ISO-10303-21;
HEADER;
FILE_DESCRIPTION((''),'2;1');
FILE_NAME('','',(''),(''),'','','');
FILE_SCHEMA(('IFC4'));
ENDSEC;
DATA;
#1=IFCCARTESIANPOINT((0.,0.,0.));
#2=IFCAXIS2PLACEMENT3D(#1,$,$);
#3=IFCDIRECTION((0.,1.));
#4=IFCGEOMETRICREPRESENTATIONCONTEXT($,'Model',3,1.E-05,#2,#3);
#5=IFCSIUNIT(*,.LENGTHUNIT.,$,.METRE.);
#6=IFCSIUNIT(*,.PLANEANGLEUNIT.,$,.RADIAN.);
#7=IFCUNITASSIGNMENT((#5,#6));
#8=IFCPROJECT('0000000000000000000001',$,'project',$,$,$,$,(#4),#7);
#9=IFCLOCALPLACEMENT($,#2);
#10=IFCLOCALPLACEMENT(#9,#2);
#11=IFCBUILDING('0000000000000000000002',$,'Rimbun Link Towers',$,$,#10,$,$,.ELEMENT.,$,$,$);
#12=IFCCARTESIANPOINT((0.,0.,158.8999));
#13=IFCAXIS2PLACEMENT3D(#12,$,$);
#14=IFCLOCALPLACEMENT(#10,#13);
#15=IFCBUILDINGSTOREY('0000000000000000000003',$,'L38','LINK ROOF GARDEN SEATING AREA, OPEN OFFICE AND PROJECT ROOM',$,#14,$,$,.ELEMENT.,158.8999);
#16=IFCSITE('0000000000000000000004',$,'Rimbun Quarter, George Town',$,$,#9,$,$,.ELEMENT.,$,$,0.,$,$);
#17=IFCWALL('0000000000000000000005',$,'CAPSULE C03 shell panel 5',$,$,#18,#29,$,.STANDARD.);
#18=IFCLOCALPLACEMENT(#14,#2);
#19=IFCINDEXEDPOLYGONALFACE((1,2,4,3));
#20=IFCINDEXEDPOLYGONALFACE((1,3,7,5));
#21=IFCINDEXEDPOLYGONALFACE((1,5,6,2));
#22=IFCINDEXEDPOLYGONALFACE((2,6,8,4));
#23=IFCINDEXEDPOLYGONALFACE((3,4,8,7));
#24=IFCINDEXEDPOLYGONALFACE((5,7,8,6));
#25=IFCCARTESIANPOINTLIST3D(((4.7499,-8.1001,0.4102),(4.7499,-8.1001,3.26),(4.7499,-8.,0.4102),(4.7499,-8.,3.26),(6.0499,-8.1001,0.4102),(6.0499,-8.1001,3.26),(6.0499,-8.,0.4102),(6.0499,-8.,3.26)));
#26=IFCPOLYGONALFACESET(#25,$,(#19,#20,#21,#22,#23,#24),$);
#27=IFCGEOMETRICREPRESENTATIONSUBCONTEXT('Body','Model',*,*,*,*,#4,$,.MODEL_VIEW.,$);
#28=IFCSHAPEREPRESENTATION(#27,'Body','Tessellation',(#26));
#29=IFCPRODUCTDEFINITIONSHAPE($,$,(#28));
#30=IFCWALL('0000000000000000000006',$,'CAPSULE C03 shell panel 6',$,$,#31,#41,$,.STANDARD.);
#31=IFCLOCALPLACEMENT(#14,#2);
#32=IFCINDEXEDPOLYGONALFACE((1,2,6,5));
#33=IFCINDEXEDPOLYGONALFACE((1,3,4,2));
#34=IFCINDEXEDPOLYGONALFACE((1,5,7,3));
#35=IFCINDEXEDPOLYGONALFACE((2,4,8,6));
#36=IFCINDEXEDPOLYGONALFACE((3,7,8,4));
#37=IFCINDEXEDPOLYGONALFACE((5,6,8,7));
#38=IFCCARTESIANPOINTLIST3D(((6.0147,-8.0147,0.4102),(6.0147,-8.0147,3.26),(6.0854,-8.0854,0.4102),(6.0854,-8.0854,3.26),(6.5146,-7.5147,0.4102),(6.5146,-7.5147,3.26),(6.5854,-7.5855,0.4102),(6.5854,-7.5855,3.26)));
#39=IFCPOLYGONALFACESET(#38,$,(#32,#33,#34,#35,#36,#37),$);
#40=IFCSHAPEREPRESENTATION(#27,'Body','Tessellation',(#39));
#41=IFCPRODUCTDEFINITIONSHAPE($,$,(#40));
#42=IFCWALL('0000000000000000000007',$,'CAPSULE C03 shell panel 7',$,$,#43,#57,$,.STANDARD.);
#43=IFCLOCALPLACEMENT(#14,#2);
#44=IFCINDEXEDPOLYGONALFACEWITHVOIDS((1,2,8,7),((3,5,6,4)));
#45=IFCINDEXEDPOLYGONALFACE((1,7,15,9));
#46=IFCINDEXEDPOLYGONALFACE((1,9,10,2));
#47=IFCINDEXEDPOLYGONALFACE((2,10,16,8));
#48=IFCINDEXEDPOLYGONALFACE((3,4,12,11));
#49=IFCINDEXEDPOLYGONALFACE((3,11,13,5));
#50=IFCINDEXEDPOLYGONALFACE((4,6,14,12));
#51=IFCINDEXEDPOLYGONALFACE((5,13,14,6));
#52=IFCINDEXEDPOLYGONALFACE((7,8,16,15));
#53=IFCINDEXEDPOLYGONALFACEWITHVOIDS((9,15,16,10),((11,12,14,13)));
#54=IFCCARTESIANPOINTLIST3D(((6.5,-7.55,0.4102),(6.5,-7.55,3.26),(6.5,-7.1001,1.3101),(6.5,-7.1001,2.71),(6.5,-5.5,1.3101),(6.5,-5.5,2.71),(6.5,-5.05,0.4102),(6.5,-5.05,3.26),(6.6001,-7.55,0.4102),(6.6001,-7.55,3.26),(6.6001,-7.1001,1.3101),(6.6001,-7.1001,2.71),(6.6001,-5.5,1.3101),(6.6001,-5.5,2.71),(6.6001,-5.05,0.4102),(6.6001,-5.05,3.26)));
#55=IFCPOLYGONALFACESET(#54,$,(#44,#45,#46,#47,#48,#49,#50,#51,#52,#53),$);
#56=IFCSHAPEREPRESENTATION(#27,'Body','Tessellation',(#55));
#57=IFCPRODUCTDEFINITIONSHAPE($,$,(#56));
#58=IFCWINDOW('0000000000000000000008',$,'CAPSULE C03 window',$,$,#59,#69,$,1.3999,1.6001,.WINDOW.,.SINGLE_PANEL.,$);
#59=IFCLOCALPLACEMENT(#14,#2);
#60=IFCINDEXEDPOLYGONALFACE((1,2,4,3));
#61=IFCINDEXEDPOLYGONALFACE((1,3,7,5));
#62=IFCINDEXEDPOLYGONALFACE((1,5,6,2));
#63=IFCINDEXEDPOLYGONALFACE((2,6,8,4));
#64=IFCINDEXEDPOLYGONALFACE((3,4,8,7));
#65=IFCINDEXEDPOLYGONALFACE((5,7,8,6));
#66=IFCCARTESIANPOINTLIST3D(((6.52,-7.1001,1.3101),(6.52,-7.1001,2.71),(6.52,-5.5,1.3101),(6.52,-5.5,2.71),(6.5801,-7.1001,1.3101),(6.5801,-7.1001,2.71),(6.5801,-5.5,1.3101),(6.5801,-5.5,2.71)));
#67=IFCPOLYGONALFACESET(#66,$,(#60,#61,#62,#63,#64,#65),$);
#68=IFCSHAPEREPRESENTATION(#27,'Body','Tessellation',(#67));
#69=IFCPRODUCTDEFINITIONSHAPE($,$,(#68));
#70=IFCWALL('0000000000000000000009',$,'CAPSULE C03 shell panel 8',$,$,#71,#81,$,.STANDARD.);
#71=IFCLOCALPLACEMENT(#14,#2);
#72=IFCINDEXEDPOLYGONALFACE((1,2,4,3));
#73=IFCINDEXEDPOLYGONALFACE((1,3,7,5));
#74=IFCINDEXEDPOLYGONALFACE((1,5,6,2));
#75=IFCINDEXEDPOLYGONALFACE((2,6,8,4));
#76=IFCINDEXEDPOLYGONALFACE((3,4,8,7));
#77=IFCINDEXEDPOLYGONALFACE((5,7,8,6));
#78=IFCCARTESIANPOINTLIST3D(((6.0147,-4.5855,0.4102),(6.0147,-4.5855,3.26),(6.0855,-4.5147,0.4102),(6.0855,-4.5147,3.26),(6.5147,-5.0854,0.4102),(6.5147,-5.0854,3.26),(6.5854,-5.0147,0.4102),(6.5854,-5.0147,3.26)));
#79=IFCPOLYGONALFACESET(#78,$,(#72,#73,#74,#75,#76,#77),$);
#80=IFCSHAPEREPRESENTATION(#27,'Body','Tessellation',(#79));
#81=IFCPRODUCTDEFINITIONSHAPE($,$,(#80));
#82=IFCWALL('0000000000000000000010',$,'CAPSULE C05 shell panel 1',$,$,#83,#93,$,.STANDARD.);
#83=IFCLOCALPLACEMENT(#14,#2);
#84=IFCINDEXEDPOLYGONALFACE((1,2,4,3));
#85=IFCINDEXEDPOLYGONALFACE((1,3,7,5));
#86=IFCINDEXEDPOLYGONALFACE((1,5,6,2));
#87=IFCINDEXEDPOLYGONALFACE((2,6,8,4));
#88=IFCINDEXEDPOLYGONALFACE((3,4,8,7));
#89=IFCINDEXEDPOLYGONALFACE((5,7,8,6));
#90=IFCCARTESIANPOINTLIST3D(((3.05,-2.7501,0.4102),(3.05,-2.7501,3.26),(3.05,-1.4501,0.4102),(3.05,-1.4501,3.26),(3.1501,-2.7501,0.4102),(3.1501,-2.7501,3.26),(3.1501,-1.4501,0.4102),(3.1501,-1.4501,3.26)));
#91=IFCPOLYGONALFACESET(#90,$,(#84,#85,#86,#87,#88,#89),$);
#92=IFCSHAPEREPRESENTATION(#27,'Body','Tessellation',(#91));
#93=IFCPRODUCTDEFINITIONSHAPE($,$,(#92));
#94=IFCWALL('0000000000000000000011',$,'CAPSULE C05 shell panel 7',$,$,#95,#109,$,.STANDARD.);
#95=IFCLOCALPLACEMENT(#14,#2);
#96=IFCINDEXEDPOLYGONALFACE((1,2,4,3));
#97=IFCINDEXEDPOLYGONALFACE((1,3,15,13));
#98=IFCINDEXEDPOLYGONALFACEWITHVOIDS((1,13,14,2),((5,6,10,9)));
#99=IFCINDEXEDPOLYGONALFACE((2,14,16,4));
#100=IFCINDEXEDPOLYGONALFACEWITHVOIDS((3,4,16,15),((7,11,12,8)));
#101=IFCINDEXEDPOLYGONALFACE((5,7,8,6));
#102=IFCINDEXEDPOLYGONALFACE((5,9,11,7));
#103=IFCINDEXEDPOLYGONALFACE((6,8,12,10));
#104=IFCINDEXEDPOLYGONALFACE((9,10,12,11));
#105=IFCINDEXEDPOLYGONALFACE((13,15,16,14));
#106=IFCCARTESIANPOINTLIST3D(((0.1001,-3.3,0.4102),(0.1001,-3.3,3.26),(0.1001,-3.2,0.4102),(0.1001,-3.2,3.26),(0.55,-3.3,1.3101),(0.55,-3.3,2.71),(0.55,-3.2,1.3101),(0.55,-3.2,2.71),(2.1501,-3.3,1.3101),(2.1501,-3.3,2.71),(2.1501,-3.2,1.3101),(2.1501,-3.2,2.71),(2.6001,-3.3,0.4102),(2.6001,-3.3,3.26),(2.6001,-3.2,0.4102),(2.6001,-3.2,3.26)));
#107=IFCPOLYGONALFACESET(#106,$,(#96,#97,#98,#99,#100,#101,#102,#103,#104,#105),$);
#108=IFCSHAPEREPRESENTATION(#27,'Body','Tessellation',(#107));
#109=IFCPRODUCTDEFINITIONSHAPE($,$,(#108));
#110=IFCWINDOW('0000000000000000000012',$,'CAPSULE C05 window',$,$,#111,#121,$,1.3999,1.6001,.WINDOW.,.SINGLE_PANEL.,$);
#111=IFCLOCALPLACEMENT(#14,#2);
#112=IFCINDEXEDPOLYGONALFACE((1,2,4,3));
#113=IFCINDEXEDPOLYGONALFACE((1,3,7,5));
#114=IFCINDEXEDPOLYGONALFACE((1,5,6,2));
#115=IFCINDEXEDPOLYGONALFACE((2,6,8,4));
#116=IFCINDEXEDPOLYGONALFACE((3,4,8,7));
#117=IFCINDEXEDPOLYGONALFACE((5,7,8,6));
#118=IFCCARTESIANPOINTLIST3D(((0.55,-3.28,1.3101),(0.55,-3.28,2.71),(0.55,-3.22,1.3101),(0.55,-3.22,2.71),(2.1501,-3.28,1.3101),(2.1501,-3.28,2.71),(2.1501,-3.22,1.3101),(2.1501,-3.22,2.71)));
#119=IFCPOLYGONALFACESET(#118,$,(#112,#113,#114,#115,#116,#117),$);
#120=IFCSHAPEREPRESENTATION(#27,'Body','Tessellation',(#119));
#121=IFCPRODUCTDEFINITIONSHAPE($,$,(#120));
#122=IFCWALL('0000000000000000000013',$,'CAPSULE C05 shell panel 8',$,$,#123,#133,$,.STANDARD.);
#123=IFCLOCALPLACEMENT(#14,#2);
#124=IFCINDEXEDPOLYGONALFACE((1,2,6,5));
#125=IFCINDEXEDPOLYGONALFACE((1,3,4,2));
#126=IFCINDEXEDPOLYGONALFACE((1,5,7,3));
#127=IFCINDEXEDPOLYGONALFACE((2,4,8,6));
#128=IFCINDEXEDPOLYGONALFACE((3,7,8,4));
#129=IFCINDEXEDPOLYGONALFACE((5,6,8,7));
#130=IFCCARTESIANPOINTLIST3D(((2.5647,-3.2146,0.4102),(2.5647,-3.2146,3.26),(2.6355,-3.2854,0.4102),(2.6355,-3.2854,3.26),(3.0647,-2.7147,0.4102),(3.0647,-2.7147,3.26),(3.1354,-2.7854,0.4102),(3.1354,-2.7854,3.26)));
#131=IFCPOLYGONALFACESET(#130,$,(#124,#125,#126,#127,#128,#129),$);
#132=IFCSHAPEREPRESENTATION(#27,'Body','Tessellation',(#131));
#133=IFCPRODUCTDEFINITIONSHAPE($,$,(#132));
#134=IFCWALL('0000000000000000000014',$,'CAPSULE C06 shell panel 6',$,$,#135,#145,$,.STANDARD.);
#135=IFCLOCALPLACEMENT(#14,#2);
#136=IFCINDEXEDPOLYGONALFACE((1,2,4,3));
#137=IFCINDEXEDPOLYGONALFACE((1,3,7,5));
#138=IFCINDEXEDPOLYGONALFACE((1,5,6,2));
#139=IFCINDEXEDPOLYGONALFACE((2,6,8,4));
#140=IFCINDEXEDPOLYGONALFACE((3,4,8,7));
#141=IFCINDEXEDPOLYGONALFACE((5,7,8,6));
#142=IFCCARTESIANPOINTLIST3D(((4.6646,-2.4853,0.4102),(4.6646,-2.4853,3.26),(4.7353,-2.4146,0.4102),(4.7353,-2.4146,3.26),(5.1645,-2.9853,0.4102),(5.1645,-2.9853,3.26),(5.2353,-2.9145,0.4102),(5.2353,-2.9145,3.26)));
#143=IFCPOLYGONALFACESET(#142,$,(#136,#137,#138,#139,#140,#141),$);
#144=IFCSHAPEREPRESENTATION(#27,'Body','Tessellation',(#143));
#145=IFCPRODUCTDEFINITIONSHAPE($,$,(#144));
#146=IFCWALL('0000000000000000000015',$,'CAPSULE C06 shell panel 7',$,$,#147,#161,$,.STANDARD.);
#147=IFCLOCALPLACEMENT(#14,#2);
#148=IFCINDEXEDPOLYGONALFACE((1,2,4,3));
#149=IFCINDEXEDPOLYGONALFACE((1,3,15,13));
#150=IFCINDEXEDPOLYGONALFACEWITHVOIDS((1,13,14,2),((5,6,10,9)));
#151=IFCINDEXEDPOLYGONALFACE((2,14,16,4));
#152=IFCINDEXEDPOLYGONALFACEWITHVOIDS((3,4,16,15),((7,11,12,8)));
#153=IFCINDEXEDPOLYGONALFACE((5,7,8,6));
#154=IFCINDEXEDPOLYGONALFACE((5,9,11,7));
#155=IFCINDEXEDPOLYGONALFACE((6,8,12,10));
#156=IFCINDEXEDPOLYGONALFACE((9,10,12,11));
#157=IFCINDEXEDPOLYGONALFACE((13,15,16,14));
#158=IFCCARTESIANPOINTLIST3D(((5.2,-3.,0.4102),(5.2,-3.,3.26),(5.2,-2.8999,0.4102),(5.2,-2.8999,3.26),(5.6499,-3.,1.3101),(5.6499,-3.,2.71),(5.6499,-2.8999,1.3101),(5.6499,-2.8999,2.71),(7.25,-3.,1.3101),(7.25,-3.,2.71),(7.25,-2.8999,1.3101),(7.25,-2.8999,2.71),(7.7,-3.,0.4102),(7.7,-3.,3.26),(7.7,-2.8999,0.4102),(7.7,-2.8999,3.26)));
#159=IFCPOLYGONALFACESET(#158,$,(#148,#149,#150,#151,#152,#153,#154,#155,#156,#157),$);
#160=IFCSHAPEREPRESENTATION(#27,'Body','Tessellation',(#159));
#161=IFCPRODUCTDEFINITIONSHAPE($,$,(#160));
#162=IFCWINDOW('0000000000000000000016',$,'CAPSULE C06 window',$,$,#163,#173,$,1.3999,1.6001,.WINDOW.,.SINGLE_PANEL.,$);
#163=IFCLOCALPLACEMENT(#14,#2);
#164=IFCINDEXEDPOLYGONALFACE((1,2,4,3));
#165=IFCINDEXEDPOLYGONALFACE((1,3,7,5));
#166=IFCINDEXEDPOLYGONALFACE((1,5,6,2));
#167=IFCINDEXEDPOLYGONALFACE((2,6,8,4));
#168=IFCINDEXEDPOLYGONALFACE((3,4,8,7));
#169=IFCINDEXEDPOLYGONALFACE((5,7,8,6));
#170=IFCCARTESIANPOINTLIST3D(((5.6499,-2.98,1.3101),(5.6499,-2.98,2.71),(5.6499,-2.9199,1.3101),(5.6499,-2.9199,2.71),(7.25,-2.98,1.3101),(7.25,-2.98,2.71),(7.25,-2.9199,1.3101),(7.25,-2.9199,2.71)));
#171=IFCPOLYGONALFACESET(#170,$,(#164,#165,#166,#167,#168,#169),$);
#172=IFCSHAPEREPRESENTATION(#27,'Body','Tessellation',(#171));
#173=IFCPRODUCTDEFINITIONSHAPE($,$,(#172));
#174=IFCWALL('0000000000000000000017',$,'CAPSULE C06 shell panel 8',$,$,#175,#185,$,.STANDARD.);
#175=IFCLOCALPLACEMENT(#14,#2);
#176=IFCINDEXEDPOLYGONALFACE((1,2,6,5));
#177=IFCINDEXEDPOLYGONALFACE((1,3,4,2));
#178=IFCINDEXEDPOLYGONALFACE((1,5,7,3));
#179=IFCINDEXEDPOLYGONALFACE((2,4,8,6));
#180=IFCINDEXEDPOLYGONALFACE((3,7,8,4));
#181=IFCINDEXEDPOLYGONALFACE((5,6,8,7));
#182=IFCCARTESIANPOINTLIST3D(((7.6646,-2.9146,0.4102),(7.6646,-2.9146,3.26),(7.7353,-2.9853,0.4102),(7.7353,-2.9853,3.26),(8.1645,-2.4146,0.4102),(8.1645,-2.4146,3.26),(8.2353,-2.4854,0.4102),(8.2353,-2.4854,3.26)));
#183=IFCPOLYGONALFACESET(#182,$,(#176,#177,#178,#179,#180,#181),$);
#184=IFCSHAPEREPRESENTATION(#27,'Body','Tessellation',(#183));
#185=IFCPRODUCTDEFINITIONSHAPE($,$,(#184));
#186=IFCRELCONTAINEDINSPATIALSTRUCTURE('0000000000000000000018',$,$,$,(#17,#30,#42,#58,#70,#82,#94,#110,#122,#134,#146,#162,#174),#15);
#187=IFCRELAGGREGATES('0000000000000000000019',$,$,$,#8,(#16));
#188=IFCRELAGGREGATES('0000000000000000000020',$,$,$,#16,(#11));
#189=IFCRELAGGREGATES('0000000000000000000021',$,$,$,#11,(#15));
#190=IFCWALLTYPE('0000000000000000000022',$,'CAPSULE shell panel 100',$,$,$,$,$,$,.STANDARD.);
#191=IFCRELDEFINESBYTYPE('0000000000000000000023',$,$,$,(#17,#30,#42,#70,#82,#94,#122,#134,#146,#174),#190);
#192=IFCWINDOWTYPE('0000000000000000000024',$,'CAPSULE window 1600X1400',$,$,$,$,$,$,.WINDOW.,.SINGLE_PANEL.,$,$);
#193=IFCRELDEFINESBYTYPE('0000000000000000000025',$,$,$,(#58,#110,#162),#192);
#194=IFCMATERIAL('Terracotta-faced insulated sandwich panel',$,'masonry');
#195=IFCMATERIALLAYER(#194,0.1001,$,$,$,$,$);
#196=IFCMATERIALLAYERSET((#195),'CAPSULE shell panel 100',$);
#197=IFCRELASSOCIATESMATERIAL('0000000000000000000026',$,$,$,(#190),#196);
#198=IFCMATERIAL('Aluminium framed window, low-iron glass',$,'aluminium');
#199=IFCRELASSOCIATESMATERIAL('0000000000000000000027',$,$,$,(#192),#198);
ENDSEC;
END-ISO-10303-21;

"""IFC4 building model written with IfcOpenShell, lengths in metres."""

from ifc_helpers import new_model, si_unit, direction, frame, frame_2d, origin, place, context, subcontext, project, spatial, rectangle, extrude, material, layer, layer_set, type_object, element, fill, save


model = new_model("IFC4")

# Units and contexts
model_context = context("Model", 3, precision=1e-05, world=origin(), true_north=direction((0.0, 1.0)))
body_context = subcontext(model_context, "Body", "Model", "MODEL_VIEW")
ifc_project = project(units=[si_unit("LENGTHUNIT", "METRE"), si_unit("PLANEANGLEUNIT", "RADIAN")], contexts=[model_context])

# Site, building, storey
site_placement = place(None, origin())
site = spatial("IfcSite", under=ifc_project, at=site_placement, Name="Rimbun Quarter, George Town", CompositionType="ELEMENT", RefElevation=0.0)
building_placement = place(site_placement, origin())
building = spatial("IfcBuilding", under=site, at=building_placement, Name="Rimbun Link Towers", CompositionType="ELEMENT")
storey_placement = place(building_placement, frame((0.0, 0.0, 158.8999)))
storey = spatial("IfcBuildingStorey", under=building, at=storey_placement, Name="L38", Description="LINK ROOF GARDEN SEATING AREA, OPEN OFFICE AND PROJECT ROOM", CompositionType="ELEMENT", Elevation=158.8999)

# Walls
ifc_material_1 = material(Name="Terracotta-faced insulated sandwich panel", Category="masonry")
ifc_layer_1 = layer(ifc_material_1, 0.1001)
ifc_layer_set_1 = layer_set([ifc_layer_1], Name="CAPSULE shell panel 100")
wall_type_1 = type_object("IfcWallType", Name="CAPSULE shell panel 100", PredefinedType="STANDARD", material=ifc_layer_set_1)
wall_1_placement = place(storey_placement, frame((4.75, -8.05, 0.4102), z_axis=(0.0, 0.0, 1.0), x_axis=(1.0, 0.0, 0.0)))
element("IfcWall", 1, at=wall_1_placement, inside=storey, type_object=wall_type_1, Name="CAPSULE C03 shell panel 5", PredefinedType="STANDARD", context=body_context, shape_type="SweptSolid", body=[
    extrude(rectangle(XDim=1.3, YDim=0.1001, at=frame_2d((0.6499, 0.0))), origin(), (0.0, 0.0, 1.0), 2.8499),
])
wall_2_placement = place(storey_placement, frame((6.05, -8.05, 0.4102), z_axis=(0.0, 0.0, 1.0), x_axis=(0.707107, 0.707107, 0.0)))
element("IfcWall", 2, at=wall_2_placement, inside=storey, type_object=wall_type_1, Name="CAPSULE C03 shell panel 6", PredefinedType="STANDARD", context=body_context, shape_type="SweptSolid", body=[
    extrude(rectangle(XDim=0.707, YDim=0.1001, at=frame_2d((0.3535, 0.0))), origin(), (0.0, 0.0, 1.0), 2.8499),
])

# Wall, opening, window
wall_3_placement = place(storey_placement, frame((6.55, -7.55, 0.4102), z_axis=(0.0, 0.0, 1.0), x_axis=(0.0, 1.0, 0.0)))
wall_3 = element("IfcWall", 3, at=wall_3_placement, inside=storey, type_object=wall_type_1, Name="CAPSULE C03 shell panel 7", PredefinedType="STANDARD", context=body_context, shape_type="SweptSolid", body=[
    extrude(rectangle(XDim=2.5, YDim=0.1001, at=frame_2d((1.25, 0.0))), origin(), (0.0, 0.0, 1.0), 2.8499),
])
opening_1_placement = place(wall_3_placement, frame((0.45, 0.0, 0.8999)))
opening_1 = element("IfcOpeningElement", 4, at=opening_1_placement, cuts=wall_3, PredefinedType="OPENING", context=body_context, shape_type="SweptSolid", body=[
    extrude(rectangle(XDim=1.6001, YDim=1.3999, at=frame_2d((0.8, 0.7))), frame((0.0, 0.0601, 0.0), z_axis=(0.0, -1.0, 0.0), x_axis=(1.0, 0.0, 0.0)), (0.0, 0.0, 1.0), 0.1201),
])
ifc_material_2 = material(Name="Aluminium framed window, low-iron glass", Category="aluminium")
window_type = type_object("IfcWindowType", Name="CAPSULE window 1600X1400", PartitioningType="SINGLE_PANEL", PredefinedType="WINDOW", material=ifc_material_2)
window_1_placement = place(opening_1_placement, origin())
window_1 = element("IfcWindow", 5, at=window_1_placement, inside=storey, type_object=window_type, Name="CAPSULE C03 window", OverallHeight=1.3999, OverallWidth=1.6001, PartitioningType="SINGLE_PANEL", PredefinedType="WINDOW", context=body_context, shape_type="SweptSolid", body=[
    extrude(rectangle(XDim=1.6001, YDim=1.3999, at=frame_2d((0.8, 0.7))), frame((0.0, 0.03, 0.0), z_axis=(0.0, -1.0, 0.0), x_axis=(1.0, 0.0, 0.0)), (0.0, 0.0, 1.0), 0.0601),
])
fill(opening_1, window_1)

# Walls
wall_4_placement = place(storey_placement, frame((6.55, -5.05, 0.4102), z_axis=(0.0, 0.0, 1.0), x_axis=(-0.707107, 0.707107, 0.0)))
element("IfcWall", 6, at=wall_4_placement, inside=storey, type_object=wall_type_1, Name="CAPSULE C03 shell panel 8", PredefinedType="STANDARD", context=body_context, shape_type="SweptSolid", body=[
    extrude(rectangle(XDim=0.707, YDim=0.1001, at=frame_2d((0.3535, 0.0))), origin(), (0.0, 0.0, 1.0), 2.8499),
])
wall_5_placement = place(storey_placement, frame((3.1001, -2.75, 0.4102), z_axis=(0.0, 0.0, 1.0), x_axis=(0.0, 1.0, 0.0)))
element("IfcWall", 7, at=wall_5_placement, inside=storey, type_object=wall_type_1, Name="CAPSULE C05 shell panel 1", PredefinedType="STANDARD", context=body_context, shape_type="SweptSolid", body=[
    extrude(rectangle(XDim=1.3, YDim=0.1001, at=frame_2d((0.6499, 0.0))), origin(), (0.0, 0.0, 1.0), 2.8499),
])

# Wall, opening, window
wall_6_placement = place(storey_placement, frame((0.1001, -3.25, 0.4102), z_axis=(0.0, 0.0, 1.0), x_axis=(1.0, 0.0, 0.0)))
wall_6 = element("IfcWall", 8, at=wall_6_placement, inside=storey, type_object=wall_type_1, Name="CAPSULE C05 shell panel 7", PredefinedType="STANDARD", context=body_context, shape_type="SweptSolid", body=[
    extrude(rectangle(XDim=2.5, YDim=0.1001, at=frame_2d((1.25, 0.0))), origin(), (0.0, 0.0, 1.0), 2.8499),
])
opening_2_placement = place(wall_6_placement, frame((0.45, 0.0, 0.8999)))
opening_2 = element("IfcOpeningElement", 9, at=opening_2_placement, cuts=wall_6, PredefinedType="OPENING", context=body_context, shape_type="SweptSolid", body=[
    extrude(rectangle(XDim=1.6001, YDim=1.3999, at=frame_2d((0.8, 0.7))), frame((0.0, 0.0601, 0.0), z_axis=(0.0, -1.0, 0.0), x_axis=(1.0, 0.0, 0.0)), (0.0, 0.0, 1.0), 0.1201),
])
window_2_placement = place(opening_2_placement, origin())
window_2 = element("IfcWindow", 10, at=window_2_placement, inside=storey, type_object=window_type, Name="CAPSULE C05 window", OverallHeight=1.3999, OverallWidth=1.6001, PartitioningType="SINGLE_PANEL", PredefinedType="WINDOW", context=body_context, shape_type="SweptSolid", body=[
    extrude(rectangle(XDim=1.6001, YDim=1.3999, at=frame_2d((0.8, 0.7))), frame((0.0, 0.03, 0.0), z_axis=(0.0, -1.0, 0.0), x_axis=(1.0, 0.0, 0.0)), (0.0, 0.0, 1.0), 0.0601),
])
fill(opening_2, window_2)

# Walls
for number, where, z_axis, x_axis, name in (
    (11, (2.6001, -3.25, 0.4102), (0.0, 0.0, 1.0), (0.707107, 0.707107, 0.0), "CAPSULE C05 shell panel 8"),
    (12, (4.7, -2.45, 0.4102), (0.0, 0.0, 1.0), (0.707107, -0.707107, 0.0), "CAPSULE C06 shell panel 6"),
):
    element("IfcWall", number, at=place(storey_placement, frame(where, z_axis=z_axis, x_axis=x_axis)), inside=storey, type_object=wall_type_1, Name=name, PredefinedType="STANDARD", context=body_context, shape_type="SweptSolid", body=[
        extrude(rectangle(XDim=0.707, YDim=0.1001, at=frame_2d((0.3535, 0.0))), origin(), (0.0, 0.0, 1.0), 2.8499),
    ])

# Wall, opening, window
wall_7_placement = place(storey_placement, frame((5.2, -2.95, 0.4102), z_axis=(0.0, 0.0, 1.0), x_axis=(1.0, 0.0, 0.0)))
wall_7 = element("IfcWall", 13, at=wall_7_placement, inside=storey, type_object=wall_type_1, Name="CAPSULE C06 shell panel 7", PredefinedType="STANDARD", context=body_context, shape_type="SweptSolid", body=[
    extrude(rectangle(XDim=2.5, YDim=0.1001, at=frame_2d((1.25, 0.0))), origin(), (0.0, 0.0, 1.0), 2.8499),
])
opening_3_placement = place(wall_7_placement, frame((0.45, 0.0, 0.8999)))
opening_3 = element("IfcOpeningElement", 14, at=opening_3_placement, cuts=wall_7, PredefinedType="OPENING", context=body_context, shape_type="SweptSolid", body=[
    extrude(rectangle(XDim=1.6001, YDim=1.3999, at=frame_2d((0.8, 0.7))), frame((0.0, 0.0601, 0.0), z_axis=(0.0, -1.0, 0.0), x_axis=(1.0, 0.0, 0.0)), (0.0, 0.0, 1.0), 0.1201),
])
window_3_placement = place(opening_3_placement, origin())
window_3 = element("IfcWindow", 15, at=window_3_placement, inside=storey, type_object=window_type, Name="CAPSULE C06 window", OverallHeight=1.3999, OverallWidth=1.6001, PartitioningType="SINGLE_PANEL", PredefinedType="WINDOW", context=body_context, shape_type="SweptSolid", body=[
    extrude(rectangle(XDim=1.6001, YDim=1.3999, at=frame_2d((0.8, 0.7))), frame((0.0, 0.03, 0.0), z_axis=(0.0, -1.0, 0.0), x_axis=(1.0, 0.0, 0.0)), (0.0, 0.0, 1.0), 0.0601),
])
fill(opening_3, window_3)

# Wall
wall_8_placement = place(storey_placement, frame((7.7, -2.95, 0.4102), z_axis=(0.0, 0.0, 1.0), x_axis=(0.707107, 0.707107, 0.0)))
element("IfcWall", 16, at=wall_8_placement, inside=storey, type_object=wall_type_1, Name="CAPSULE C06 shell panel 8", PredefinedType="STANDARD", context=body_context, shape_type="SweptSolid", body=[
    extrude(rectangle(XDim=0.707, YDim=0.1001, at=frame_2d((0.3535, 0.0))), origin(), (0.0, 0.0, 1.0), 2.8499),
])

save(model, "model.ifc")
